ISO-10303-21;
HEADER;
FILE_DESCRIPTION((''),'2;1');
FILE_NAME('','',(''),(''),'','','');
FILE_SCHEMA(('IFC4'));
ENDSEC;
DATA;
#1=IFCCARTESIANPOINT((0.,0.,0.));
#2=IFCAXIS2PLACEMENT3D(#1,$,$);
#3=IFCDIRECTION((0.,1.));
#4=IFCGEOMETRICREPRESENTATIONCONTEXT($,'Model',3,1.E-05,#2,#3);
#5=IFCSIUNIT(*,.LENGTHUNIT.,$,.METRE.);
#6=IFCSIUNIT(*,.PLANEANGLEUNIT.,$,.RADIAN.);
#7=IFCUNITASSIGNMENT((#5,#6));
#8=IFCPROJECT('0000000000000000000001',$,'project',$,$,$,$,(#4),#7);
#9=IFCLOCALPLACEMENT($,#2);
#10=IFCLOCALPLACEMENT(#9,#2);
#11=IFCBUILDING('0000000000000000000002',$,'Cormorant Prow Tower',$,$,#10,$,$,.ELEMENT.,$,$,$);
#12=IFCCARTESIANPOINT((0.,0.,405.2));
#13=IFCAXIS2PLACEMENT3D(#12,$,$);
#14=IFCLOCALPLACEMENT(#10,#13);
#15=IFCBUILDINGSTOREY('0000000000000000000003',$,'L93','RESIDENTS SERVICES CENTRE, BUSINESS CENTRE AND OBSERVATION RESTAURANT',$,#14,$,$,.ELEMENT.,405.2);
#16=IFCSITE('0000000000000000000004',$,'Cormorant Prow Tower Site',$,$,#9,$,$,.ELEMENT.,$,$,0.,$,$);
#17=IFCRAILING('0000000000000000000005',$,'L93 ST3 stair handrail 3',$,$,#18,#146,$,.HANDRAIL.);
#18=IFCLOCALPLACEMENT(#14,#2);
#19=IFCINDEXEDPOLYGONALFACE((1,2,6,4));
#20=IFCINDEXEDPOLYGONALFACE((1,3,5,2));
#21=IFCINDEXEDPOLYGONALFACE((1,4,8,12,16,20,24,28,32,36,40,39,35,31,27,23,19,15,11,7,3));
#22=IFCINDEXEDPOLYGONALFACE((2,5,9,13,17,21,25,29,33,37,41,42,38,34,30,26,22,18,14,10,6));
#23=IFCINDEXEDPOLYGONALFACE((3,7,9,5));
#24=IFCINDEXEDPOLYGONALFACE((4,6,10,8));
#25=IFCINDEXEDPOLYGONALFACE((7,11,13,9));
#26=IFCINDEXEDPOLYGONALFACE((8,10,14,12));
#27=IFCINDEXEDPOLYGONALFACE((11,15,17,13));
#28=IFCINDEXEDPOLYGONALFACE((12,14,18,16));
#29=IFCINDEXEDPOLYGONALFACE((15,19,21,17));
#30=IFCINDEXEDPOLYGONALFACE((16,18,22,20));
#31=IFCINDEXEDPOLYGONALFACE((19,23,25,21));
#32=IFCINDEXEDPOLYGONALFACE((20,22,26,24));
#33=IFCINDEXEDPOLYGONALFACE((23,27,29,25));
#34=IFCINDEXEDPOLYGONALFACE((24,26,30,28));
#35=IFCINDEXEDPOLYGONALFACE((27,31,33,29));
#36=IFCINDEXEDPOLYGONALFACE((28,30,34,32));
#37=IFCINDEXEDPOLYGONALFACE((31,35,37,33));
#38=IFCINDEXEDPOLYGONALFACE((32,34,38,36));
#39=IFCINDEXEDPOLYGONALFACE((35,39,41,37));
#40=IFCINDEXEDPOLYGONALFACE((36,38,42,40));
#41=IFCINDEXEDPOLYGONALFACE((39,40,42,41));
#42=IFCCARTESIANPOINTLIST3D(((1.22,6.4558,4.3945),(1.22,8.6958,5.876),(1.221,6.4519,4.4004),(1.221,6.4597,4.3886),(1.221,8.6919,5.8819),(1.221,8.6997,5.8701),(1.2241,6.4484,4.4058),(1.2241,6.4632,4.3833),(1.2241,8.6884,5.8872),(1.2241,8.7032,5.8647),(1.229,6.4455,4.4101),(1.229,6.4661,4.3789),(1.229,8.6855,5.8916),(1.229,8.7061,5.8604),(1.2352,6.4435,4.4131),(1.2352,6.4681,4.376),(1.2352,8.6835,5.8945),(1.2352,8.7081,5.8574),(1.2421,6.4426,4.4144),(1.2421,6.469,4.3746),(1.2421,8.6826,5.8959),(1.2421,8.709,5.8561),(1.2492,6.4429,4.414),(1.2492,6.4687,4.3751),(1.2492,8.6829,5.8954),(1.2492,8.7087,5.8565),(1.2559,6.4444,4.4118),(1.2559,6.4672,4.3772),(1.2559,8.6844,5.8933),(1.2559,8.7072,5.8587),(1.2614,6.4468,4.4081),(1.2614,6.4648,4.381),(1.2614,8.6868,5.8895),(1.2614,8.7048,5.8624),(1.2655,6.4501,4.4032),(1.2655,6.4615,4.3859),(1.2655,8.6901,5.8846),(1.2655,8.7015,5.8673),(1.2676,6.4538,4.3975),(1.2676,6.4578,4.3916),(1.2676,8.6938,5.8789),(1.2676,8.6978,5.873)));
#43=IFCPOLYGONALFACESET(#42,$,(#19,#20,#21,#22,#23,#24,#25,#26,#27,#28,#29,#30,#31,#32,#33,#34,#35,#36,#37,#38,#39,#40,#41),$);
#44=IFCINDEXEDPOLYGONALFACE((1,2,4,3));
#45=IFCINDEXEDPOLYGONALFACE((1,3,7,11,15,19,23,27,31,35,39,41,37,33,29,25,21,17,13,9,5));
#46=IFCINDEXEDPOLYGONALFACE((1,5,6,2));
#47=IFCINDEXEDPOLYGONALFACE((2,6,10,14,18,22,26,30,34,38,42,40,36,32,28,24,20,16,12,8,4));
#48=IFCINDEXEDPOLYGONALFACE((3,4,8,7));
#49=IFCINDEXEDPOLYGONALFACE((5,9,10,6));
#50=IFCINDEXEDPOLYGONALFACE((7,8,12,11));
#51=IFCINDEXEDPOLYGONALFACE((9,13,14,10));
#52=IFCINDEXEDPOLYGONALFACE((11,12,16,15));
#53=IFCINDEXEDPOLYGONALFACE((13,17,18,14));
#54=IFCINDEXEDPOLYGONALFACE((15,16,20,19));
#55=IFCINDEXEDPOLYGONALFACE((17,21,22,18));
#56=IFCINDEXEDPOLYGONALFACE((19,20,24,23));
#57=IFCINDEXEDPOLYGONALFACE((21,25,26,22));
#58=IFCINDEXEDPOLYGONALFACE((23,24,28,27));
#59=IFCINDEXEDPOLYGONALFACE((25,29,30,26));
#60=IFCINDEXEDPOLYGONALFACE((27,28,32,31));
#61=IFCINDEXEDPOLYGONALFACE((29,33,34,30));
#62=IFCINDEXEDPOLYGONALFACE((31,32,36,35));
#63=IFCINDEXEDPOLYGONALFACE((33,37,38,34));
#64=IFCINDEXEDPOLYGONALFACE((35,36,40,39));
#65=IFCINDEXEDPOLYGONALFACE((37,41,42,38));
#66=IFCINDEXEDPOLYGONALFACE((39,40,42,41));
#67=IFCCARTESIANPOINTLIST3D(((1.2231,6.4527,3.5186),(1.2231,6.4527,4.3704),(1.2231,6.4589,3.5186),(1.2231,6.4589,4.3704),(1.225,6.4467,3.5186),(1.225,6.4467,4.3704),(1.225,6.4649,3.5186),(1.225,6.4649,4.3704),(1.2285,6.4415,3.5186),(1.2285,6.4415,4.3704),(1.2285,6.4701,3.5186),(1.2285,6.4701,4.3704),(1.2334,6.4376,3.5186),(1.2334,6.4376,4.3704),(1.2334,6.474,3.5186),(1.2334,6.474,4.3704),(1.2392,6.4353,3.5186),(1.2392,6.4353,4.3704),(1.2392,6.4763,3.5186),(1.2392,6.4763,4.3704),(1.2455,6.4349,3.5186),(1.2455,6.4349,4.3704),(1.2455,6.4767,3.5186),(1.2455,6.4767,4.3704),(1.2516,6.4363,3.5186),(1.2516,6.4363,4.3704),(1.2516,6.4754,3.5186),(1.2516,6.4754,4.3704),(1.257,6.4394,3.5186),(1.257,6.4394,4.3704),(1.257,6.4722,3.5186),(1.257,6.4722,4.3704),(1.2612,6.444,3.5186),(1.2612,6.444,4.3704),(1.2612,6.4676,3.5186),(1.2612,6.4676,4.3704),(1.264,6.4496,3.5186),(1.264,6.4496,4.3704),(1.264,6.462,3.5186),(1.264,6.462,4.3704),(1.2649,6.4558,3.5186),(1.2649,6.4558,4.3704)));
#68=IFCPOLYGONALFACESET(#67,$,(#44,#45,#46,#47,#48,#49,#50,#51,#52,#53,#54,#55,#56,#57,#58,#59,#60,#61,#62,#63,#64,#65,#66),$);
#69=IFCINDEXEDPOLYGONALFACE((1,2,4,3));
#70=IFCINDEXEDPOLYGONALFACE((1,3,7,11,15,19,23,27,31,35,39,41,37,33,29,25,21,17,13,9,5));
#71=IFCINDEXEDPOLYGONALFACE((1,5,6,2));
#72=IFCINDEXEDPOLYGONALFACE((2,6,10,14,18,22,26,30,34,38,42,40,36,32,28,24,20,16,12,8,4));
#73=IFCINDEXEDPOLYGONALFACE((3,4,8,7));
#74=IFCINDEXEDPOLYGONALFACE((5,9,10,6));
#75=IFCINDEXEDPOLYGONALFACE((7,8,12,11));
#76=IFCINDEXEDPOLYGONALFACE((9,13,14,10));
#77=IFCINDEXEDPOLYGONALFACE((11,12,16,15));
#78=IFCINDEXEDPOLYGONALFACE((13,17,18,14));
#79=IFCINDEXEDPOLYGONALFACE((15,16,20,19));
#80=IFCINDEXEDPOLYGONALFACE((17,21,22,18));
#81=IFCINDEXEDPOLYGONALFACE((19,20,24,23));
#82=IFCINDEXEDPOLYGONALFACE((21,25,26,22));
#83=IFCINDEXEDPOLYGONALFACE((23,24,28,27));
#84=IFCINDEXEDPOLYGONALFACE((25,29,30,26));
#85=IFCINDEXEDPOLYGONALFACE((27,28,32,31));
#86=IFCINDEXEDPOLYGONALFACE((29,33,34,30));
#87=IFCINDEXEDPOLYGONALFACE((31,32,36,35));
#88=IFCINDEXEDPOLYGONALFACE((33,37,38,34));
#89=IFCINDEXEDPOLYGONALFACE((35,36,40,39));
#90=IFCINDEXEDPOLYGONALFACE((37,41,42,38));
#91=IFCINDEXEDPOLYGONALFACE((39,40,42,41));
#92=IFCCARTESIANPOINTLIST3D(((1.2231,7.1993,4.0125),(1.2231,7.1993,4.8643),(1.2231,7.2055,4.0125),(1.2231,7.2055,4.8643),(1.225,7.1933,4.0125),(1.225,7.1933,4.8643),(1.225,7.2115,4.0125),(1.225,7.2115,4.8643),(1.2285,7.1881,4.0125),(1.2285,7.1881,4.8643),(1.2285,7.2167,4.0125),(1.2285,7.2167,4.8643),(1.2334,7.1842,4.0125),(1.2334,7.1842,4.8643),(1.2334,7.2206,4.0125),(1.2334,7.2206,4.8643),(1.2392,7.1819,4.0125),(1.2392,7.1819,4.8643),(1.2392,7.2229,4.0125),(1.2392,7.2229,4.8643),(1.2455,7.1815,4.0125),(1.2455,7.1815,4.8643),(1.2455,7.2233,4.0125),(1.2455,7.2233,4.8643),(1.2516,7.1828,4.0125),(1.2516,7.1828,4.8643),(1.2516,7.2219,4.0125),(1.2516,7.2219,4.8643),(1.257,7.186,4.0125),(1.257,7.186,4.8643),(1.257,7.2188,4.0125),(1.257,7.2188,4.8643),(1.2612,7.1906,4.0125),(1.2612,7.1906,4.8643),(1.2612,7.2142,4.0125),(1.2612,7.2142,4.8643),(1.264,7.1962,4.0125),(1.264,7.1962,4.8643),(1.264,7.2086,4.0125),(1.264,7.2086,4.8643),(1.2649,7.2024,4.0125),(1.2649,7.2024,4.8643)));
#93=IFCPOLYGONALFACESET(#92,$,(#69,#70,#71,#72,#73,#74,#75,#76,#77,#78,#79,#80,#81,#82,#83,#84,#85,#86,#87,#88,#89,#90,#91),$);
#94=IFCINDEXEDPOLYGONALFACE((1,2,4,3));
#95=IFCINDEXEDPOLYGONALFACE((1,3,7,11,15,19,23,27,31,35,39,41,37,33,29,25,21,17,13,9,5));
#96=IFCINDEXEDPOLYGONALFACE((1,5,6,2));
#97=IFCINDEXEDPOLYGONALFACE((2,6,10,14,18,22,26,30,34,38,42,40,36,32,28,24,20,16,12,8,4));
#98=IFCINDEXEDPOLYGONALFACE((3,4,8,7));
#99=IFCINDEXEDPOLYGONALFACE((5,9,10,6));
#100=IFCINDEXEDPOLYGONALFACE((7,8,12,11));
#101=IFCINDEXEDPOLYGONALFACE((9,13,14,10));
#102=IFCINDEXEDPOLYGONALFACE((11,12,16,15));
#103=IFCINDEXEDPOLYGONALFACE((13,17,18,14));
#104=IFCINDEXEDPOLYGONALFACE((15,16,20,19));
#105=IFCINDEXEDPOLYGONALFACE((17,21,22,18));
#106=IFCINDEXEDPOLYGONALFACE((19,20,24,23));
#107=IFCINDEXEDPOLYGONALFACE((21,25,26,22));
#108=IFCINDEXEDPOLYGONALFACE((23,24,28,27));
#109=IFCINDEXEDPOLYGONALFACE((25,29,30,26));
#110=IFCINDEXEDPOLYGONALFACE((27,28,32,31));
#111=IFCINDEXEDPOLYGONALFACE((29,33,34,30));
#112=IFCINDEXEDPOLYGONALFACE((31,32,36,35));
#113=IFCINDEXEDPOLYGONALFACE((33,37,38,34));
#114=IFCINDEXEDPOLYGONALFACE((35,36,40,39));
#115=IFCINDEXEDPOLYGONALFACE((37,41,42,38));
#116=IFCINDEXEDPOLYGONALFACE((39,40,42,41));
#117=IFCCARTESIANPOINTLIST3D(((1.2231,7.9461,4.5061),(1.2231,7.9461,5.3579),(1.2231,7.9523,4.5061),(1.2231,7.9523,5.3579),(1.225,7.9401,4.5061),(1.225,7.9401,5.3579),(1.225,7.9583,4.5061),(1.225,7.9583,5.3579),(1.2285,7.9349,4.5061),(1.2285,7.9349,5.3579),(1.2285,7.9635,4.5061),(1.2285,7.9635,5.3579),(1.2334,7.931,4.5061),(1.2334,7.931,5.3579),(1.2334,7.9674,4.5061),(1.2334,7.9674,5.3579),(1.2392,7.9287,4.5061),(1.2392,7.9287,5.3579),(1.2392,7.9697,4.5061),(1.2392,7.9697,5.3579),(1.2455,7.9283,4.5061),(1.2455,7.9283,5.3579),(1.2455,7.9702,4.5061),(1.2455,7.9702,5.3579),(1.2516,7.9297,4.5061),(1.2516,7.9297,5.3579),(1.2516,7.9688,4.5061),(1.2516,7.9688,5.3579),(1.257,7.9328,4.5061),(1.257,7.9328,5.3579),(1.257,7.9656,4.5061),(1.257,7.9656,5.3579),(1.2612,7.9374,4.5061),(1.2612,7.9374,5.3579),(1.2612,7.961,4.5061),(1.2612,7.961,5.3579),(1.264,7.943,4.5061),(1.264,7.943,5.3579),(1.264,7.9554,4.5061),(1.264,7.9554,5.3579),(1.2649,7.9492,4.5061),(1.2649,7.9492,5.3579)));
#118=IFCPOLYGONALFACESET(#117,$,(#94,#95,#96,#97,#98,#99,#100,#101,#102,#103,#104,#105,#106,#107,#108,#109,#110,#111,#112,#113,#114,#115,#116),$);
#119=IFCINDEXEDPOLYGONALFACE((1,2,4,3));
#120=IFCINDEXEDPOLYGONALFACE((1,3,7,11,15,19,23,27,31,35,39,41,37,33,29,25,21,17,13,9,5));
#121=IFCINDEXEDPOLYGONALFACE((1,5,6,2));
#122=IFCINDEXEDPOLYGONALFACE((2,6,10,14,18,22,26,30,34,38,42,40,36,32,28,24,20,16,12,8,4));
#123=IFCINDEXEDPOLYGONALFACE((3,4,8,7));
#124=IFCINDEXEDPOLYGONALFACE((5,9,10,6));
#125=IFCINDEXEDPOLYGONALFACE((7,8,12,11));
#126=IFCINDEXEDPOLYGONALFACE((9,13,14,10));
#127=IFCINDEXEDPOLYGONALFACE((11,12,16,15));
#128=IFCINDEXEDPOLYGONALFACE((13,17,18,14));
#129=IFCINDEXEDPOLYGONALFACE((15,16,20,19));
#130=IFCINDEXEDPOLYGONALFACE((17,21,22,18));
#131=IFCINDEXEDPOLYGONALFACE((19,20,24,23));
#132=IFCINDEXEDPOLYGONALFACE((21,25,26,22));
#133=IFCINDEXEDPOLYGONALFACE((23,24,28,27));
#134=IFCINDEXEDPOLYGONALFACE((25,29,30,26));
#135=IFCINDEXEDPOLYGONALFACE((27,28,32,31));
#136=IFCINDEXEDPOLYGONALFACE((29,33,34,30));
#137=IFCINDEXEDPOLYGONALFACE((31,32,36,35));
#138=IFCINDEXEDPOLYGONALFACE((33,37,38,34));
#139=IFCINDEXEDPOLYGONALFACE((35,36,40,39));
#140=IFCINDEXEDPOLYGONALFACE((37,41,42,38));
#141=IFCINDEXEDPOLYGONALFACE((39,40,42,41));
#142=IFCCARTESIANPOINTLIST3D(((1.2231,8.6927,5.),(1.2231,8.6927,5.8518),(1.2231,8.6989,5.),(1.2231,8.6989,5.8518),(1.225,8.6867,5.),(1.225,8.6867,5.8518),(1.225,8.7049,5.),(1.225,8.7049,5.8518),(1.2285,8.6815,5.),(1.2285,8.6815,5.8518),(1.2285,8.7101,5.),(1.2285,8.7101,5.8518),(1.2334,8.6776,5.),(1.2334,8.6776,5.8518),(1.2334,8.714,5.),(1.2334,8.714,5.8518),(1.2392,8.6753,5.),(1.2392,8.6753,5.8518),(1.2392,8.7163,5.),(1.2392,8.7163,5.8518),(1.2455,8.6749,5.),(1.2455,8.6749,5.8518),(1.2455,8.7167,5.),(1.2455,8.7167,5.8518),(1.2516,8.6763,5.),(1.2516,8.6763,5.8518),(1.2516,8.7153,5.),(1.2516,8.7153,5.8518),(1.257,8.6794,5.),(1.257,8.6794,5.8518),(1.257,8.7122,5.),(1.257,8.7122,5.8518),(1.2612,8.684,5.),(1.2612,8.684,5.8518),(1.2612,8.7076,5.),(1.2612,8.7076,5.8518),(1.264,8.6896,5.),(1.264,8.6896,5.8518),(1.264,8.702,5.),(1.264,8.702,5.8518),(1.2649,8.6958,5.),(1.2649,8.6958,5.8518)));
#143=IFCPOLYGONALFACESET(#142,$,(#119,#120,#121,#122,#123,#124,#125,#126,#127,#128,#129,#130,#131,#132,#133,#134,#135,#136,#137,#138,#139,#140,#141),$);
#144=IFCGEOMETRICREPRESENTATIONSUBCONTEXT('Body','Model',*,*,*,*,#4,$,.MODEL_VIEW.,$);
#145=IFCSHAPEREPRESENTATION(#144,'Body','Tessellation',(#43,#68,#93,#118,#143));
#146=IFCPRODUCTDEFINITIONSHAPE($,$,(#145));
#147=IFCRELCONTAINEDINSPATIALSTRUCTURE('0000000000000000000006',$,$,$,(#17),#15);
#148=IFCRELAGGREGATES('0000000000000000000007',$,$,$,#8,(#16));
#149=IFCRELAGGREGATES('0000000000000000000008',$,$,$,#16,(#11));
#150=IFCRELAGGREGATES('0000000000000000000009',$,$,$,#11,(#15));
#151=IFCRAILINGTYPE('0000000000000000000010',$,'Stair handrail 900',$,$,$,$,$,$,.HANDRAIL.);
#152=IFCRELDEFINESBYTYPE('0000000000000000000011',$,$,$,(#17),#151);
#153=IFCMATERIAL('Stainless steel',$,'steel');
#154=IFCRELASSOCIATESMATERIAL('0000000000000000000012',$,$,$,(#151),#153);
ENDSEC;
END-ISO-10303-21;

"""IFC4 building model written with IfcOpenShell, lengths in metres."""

from ifc_helpers import new_model, si_unit, direction, frame, origin, origin_2d, place, context, subcontext, project, spatial, circle, extrude, material, type_object, element, save


model = new_model("IFC4")

# Units and contexts
model_context = context("Model", 3, precision=1e-05, world=origin(), true_north=direction((0.0, 1.0)))
body_context = subcontext(model_context, "Body", "Model", "MODEL_VIEW")
ifc_project = project(units=[si_unit("LENGTHUNIT", "METRE"), si_unit("PLANEANGLEUNIT", "RADIAN")], contexts=[model_context])

# Site, building, storey
site_placement = place(None, origin())
site = spatial("IfcSite", under=ifc_project, at=site_placement, Name="Cormorant Prow Tower Site", CompositionType="ELEMENT", RefElevation=0.0)
building_placement = place(site_placement, origin())
building = spatial("IfcBuilding", under=site, at=building_placement, Name="Cormorant Prow Tower", CompositionType="ELEMENT")
storey_placement = place(building_placement, frame((0.0, 0.0, 405.2)))
storey = spatial("IfcBuildingStorey", under=building, at=storey_placement, Name="L93", Description="RESIDENTS SERVICES CENTRE, BUSINESS CENTRE AND OBSERVATION RESTAURANT", CompositionType="ELEMENT", Elevation=405.2)

# Railing
ifc_material_1 = material(Name="Stainless steel", Category="steel")
railing_type = type_object("IfcRailingType", Name="Stair handrail 900", PredefinedType="HANDRAIL", material=ifc_material_1)
for number, where, name in (
    (1, (1.2439, 6.4558, 3.5186), "L93 ST3 stair handrail 3"),
):
    element("IfcRailing", number, at=place(storey_placement, frame(where)), inside=storey, type_object=railing_type, Name=name, PredefinedType="HANDRAIL", context=body_context, shape_type="SweptSolid", body=[
        extrude(circle(Radius=0.0239, at=origin_2d()), frame((0.0, 0.0, 0.876), z_axis=(0.0, 0.834087, 0.551634), x_axis=(-1.0, 0.0, 0.0)), (0.0, 0.0, 1.0), 2.6855),
        extrude(circle(Radius=0.021, at=origin_2d()), origin(), (0.0, 0.0, 1.0), 0.8518),
        extrude(circle(Radius=0.021, at=origin_2d()), frame((0.0, 0.7466, 0.4939)), (0.0, 0.0, 1.0), 0.8518),
        extrude(circle(Radius=0.021, at=origin_2d()), frame((0.0, 1.4934, 0.9875)), (0.0, 0.0, 1.0), 0.8518),
        extrude(circle(Radius=0.021, at=origin_2d()), frame((0.0, 2.24, 1.4814)), (0.0, 0.0, 1.0), 0.8518),
    ])

save(model, "model.ifc")
